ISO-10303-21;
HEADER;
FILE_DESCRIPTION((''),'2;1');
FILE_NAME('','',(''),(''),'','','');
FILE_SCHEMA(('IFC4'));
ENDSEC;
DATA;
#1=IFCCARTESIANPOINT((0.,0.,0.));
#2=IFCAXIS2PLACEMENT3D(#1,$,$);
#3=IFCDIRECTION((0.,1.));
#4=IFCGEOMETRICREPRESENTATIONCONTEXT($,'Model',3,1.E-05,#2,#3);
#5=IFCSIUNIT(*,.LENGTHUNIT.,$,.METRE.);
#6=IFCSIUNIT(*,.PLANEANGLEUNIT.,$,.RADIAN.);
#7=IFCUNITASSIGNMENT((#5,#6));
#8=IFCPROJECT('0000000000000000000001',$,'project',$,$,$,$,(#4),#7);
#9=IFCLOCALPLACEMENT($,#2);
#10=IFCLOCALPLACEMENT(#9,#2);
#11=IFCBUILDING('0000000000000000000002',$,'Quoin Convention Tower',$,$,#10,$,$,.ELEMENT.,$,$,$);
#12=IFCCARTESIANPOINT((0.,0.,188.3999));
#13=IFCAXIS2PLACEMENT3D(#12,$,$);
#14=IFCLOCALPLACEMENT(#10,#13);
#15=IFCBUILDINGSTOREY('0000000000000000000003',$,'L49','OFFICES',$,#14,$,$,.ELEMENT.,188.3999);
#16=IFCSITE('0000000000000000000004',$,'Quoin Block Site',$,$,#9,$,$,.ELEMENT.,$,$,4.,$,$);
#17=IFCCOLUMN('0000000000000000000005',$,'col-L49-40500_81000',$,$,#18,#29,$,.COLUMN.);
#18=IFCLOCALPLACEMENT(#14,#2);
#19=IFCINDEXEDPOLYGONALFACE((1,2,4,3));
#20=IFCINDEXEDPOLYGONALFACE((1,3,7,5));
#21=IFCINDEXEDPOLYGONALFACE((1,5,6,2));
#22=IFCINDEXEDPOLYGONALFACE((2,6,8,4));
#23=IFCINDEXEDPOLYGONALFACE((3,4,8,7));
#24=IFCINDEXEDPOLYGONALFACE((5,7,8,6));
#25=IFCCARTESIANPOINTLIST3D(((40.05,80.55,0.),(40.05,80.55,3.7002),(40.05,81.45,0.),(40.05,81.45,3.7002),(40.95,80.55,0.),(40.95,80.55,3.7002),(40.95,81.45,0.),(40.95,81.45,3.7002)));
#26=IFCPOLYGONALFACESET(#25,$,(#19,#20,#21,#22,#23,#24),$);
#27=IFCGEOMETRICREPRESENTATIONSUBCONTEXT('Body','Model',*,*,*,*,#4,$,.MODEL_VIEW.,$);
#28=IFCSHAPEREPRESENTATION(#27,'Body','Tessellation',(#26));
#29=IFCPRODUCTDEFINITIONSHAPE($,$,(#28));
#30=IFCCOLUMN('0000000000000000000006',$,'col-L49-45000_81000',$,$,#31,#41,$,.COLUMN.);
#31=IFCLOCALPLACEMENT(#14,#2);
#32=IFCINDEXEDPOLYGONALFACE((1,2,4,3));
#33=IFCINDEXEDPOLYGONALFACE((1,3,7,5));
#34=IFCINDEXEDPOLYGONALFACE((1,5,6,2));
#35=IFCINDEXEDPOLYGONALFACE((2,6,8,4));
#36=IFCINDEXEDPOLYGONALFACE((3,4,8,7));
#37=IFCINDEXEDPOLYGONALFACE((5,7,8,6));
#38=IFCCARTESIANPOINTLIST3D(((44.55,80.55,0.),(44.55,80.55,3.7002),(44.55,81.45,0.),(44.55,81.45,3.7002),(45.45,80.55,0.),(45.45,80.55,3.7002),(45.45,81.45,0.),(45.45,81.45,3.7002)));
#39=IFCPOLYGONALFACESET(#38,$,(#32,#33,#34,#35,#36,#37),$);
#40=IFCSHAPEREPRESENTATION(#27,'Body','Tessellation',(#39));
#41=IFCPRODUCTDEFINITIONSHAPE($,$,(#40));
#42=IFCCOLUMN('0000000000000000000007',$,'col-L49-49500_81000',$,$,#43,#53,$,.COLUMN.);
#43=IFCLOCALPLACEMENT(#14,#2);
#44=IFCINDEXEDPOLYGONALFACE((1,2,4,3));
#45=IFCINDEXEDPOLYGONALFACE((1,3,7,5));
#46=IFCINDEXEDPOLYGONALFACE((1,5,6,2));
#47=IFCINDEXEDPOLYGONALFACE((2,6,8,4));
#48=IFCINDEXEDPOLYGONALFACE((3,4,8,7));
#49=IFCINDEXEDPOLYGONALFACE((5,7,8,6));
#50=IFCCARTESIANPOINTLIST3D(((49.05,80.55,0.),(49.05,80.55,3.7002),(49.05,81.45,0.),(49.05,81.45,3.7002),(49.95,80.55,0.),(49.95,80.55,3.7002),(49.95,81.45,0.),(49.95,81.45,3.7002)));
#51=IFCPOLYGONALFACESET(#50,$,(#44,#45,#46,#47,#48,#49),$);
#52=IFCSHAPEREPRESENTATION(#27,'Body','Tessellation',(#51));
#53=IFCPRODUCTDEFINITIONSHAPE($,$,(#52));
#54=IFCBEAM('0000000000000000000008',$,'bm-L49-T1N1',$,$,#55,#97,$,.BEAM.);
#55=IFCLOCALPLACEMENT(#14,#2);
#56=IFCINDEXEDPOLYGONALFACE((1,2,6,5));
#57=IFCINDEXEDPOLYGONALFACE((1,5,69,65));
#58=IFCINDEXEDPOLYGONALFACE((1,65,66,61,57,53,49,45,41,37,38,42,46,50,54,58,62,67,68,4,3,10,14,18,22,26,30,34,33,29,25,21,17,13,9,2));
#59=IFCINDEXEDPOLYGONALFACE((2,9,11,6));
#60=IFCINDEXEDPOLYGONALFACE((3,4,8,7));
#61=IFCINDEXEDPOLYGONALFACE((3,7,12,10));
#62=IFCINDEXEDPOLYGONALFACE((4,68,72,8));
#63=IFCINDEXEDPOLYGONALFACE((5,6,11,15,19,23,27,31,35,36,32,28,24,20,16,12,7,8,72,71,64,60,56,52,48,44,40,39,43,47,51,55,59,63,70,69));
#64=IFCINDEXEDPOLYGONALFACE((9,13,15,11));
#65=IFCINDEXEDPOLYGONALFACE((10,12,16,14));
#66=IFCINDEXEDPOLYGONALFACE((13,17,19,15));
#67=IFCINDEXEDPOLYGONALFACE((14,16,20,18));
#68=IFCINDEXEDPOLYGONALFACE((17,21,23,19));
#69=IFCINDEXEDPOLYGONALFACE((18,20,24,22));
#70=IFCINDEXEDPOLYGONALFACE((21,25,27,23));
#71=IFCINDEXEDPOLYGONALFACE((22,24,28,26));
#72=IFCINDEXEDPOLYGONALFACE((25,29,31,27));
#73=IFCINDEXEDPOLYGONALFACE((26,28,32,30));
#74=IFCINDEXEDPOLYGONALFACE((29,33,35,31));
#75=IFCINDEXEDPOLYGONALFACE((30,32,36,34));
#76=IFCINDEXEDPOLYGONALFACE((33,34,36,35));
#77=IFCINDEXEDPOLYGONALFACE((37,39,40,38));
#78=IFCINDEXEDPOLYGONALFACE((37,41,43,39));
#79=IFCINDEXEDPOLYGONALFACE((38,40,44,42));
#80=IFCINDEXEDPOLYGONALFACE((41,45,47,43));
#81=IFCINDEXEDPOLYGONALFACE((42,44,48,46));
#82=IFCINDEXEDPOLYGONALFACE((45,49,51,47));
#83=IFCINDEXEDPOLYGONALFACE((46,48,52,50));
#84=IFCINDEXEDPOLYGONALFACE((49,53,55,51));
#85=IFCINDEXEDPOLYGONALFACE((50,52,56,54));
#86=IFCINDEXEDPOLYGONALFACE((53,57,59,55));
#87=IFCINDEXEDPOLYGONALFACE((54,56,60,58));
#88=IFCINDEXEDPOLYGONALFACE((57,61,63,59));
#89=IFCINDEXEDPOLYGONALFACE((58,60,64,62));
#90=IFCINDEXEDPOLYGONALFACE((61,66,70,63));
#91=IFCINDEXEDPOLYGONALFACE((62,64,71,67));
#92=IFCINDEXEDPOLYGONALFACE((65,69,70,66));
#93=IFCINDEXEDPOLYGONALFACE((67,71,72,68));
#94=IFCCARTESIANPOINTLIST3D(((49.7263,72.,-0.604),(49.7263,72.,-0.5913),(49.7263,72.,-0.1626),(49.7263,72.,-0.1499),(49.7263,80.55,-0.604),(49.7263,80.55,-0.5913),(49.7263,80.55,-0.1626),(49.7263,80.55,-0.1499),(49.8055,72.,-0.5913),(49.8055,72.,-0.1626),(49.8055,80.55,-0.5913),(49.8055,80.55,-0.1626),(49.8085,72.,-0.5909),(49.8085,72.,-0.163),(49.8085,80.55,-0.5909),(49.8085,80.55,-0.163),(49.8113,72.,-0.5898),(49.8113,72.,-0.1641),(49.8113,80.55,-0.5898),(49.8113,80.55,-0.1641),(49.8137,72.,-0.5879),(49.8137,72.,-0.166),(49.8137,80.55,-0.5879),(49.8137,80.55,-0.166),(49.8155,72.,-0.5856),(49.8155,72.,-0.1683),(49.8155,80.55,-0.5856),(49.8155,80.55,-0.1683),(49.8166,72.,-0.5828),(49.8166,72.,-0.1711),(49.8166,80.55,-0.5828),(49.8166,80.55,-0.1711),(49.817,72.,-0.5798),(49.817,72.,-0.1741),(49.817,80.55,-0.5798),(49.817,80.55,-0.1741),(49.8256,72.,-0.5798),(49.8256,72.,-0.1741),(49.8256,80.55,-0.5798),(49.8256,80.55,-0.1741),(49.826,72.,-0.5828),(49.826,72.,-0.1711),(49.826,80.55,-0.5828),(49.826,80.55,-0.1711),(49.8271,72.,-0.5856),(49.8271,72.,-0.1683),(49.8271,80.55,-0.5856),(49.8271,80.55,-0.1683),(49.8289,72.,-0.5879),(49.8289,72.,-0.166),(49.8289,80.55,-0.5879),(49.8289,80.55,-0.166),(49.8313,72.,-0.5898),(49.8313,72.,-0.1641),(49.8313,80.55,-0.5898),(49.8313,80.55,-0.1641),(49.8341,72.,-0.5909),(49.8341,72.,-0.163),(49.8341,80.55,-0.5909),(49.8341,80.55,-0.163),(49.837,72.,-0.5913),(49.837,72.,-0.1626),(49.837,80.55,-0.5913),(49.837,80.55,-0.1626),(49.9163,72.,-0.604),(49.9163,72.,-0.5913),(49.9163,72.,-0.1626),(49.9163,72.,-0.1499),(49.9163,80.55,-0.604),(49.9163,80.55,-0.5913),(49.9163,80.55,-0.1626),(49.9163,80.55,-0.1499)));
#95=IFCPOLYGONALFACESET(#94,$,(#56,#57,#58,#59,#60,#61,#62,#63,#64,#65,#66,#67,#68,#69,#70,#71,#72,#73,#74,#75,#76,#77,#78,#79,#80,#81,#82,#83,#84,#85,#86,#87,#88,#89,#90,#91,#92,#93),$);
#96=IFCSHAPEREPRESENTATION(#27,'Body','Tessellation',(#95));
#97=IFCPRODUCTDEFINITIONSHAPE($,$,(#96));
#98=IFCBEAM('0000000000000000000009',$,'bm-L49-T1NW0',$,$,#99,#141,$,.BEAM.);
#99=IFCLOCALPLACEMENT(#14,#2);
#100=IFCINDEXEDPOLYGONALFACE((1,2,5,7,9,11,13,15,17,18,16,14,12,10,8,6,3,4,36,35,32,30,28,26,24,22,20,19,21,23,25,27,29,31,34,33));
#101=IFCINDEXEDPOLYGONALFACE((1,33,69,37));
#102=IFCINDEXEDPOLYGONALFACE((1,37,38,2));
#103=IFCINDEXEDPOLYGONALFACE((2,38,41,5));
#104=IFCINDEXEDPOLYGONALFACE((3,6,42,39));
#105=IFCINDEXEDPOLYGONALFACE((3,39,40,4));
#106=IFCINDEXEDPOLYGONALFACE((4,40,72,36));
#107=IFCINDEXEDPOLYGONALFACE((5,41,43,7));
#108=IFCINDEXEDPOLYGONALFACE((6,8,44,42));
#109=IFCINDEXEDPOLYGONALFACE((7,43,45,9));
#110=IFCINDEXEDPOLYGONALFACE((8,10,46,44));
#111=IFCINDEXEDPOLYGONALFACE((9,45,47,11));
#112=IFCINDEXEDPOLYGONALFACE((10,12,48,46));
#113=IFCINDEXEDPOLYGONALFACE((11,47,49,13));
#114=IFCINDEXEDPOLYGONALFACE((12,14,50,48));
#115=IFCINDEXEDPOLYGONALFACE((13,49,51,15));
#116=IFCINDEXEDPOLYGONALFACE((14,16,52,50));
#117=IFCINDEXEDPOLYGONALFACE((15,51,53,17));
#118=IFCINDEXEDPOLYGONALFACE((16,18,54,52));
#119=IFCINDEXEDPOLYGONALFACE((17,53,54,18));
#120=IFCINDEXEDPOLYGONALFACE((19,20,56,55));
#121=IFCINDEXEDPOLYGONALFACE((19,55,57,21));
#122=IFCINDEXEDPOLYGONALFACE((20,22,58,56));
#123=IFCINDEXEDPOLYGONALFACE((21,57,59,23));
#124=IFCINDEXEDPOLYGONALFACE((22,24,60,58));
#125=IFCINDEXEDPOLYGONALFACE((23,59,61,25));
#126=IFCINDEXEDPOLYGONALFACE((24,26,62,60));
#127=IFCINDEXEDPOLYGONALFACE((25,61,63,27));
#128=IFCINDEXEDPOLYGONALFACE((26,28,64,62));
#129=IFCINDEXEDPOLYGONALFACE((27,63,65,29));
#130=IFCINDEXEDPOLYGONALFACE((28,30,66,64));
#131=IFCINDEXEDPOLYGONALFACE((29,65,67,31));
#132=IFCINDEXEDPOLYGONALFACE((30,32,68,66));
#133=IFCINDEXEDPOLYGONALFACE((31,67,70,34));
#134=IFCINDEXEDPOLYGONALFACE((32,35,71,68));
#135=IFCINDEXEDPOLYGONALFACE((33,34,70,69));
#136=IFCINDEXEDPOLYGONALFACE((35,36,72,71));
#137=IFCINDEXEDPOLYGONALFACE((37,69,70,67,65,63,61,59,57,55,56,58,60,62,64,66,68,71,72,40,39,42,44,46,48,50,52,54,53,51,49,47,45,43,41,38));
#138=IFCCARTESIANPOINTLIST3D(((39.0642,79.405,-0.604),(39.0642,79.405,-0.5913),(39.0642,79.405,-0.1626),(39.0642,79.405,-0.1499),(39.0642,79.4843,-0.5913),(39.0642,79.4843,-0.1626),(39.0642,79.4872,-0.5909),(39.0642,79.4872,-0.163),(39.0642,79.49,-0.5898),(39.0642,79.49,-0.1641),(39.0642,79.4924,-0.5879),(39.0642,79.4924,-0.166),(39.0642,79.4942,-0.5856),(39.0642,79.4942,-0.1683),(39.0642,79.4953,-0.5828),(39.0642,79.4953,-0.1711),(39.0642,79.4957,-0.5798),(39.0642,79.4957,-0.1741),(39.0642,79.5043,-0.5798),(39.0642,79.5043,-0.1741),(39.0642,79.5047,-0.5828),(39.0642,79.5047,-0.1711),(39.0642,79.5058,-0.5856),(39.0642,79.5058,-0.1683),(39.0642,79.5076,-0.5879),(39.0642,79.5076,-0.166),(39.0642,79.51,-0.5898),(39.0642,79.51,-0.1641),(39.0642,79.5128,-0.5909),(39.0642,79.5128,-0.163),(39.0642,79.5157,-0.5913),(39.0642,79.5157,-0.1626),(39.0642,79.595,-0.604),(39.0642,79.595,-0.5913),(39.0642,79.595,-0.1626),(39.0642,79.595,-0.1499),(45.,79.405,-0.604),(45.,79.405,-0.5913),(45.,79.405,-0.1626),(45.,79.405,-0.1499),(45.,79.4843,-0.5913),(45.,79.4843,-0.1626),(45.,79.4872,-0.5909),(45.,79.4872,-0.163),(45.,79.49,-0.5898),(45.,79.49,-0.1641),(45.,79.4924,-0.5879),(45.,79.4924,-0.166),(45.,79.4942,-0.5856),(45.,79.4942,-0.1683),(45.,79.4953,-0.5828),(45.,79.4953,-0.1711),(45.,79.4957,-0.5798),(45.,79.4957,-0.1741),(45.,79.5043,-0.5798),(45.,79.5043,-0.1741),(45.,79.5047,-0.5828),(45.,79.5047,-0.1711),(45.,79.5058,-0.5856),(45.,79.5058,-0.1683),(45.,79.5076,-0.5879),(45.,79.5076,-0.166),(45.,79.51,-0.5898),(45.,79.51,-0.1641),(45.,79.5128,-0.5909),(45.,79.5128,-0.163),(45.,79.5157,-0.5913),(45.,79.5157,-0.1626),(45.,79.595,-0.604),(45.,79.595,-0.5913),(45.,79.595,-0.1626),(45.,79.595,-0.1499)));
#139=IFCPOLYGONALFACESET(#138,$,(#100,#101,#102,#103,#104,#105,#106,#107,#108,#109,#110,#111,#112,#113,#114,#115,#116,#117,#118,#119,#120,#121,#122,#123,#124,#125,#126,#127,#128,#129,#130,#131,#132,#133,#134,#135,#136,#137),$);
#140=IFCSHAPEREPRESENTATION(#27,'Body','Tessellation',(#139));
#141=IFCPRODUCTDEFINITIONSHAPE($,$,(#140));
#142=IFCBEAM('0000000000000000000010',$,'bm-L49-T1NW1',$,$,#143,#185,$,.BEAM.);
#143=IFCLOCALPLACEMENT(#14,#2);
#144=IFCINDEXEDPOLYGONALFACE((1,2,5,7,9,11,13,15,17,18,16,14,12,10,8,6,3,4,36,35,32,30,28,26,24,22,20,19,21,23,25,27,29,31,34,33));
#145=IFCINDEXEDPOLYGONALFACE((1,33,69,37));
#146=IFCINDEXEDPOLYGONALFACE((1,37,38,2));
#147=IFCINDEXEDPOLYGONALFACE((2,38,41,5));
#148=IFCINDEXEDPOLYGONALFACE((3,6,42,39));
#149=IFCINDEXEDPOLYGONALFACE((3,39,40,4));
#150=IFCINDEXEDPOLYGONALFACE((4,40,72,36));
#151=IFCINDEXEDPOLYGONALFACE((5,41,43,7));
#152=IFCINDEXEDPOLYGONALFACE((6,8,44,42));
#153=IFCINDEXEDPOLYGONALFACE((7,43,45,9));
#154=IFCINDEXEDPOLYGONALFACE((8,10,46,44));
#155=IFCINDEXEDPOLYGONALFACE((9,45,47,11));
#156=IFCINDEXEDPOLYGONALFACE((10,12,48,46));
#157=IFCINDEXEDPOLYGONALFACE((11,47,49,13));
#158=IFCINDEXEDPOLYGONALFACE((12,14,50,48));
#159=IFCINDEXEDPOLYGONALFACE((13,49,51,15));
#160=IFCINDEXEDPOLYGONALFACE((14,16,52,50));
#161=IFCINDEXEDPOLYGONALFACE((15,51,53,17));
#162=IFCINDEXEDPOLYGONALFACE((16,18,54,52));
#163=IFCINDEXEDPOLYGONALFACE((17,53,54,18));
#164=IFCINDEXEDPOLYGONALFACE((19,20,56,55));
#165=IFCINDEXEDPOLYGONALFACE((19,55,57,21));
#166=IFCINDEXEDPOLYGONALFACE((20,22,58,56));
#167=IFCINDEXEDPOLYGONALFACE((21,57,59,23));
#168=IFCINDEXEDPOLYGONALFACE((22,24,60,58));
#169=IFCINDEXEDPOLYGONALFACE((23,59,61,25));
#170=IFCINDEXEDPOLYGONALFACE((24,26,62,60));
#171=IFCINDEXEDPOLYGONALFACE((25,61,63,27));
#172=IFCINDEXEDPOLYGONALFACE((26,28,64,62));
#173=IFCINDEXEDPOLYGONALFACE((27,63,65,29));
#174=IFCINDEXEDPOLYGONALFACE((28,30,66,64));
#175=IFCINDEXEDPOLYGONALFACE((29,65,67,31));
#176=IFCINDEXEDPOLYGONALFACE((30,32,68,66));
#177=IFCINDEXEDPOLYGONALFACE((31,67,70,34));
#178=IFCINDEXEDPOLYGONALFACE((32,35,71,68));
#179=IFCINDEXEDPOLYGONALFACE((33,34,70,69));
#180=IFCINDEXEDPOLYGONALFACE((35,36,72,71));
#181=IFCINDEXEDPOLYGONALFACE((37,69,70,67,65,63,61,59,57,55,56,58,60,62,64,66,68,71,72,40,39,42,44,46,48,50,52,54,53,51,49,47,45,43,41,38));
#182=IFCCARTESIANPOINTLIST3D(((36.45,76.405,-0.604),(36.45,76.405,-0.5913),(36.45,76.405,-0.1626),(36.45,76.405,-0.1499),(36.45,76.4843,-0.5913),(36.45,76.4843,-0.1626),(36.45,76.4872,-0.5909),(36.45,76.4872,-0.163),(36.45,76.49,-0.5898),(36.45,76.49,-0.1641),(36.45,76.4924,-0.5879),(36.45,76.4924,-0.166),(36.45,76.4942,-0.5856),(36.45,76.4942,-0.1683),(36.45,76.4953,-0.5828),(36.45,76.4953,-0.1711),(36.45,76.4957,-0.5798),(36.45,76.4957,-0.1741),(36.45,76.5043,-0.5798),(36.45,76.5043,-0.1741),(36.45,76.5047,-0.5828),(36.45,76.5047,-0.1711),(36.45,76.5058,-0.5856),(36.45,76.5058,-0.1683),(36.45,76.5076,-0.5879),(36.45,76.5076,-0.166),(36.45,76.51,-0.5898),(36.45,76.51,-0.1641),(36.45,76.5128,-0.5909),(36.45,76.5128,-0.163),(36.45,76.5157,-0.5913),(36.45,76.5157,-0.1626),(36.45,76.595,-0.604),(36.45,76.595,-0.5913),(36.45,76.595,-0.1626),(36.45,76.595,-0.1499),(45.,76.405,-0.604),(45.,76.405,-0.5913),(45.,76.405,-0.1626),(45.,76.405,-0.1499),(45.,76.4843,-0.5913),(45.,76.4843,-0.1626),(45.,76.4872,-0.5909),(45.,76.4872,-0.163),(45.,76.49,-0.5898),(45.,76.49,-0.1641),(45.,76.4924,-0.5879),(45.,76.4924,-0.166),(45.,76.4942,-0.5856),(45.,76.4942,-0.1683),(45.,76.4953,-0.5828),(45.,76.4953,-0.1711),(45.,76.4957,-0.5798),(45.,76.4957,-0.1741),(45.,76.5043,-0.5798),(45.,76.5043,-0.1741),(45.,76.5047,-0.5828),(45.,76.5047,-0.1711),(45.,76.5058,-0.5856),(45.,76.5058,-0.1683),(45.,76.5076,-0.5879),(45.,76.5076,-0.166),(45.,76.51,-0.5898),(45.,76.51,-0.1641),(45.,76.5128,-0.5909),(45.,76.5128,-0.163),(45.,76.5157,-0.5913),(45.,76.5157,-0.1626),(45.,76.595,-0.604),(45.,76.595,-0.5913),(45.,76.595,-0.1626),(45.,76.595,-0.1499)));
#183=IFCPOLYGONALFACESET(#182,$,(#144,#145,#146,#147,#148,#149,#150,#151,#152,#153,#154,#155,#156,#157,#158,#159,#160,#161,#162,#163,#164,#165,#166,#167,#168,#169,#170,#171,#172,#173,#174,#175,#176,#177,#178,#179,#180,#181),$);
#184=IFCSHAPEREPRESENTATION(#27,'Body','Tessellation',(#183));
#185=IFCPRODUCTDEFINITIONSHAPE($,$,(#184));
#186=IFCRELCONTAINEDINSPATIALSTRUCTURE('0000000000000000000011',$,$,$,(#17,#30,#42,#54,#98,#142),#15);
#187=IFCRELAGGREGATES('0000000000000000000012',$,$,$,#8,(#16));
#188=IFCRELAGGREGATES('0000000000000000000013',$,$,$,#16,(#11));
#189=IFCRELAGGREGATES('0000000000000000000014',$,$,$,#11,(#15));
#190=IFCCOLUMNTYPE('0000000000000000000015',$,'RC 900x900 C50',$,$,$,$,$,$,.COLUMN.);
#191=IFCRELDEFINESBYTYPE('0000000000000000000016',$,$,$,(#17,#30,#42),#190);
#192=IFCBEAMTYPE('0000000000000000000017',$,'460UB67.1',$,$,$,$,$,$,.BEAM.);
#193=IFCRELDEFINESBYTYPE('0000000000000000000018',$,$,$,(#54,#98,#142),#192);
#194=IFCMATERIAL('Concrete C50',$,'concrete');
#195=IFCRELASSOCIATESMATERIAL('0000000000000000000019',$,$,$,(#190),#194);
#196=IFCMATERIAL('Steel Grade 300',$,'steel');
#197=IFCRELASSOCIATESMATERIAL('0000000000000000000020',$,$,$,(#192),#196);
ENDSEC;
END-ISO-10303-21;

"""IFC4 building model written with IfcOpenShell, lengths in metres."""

from ifc_helpers import new_model, si_unit, direction, frame, origin, origin_2d, place, context, subcontext, project, spatial, rectangle, i_section, extrude, material, material_profile, profile_set, type_object, element, save


model = new_model("IFC4")

# Units and contexts
model_context = context("Model", 3, precision=1e-05, world=origin(), true_north=direction((0.0, 1.0)))
body_context = subcontext(model_context, "Body", "Model", "MODEL_VIEW")
ifc_project = project(units=[si_unit("LENGTHUNIT", "METRE"), si_unit("PLANEANGLEUNIT", "RADIAN")], contexts=[model_context])

# Site, building, storey
site_placement = place(None, origin())
site = spatial("IfcSite", under=ifc_project, at=site_placement, Name="Quoin Block Site", CompositionType="ELEMENT", RefElevation=4.0)
building_placement = place(site_placement, origin())
building = spatial("IfcBuilding", under=site, at=building_placement, Name="Quoin Convention Tower", CompositionType="ELEMENT")
storey_placement = place(building_placement, frame((0.0, 0.0, 188.3999)))
storey = spatial("IfcBuildingStorey", under=building, at=storey_placement, Name="L49", Description="OFFICES", CompositionType="ELEMENT", Elevation=188.3999)

# Columns
ifc_material_1 = material(Name="Concrete C50", Category="concrete")
ifc_material_profile_1 = material_profile(ifc_material_1, rectangle(XDim=0.8999, YDim=0.8999, at=origin_2d()), Name="RC 900x900")
ifc_profile_set_1 = profile_set([ifc_material_profile_1], Name="Concrete C50")
column_type = type_object("IfcColumnType", Name="RC 900x900 C50", PredefinedType="COLUMN", material=ifc_profile_set_1)
for number, where, z_axis, x_axis, name in (
    (1, (40.5, 81.0, 0.0), (0.0, 0.0, 1.0), (1.0, 0.0, 0.0), "col-L49-40500_81000"),
    (2, (45.0, 81.0, 0.0), (0.0, 0.0, 1.0), (1.0, 0.0, 0.0), "col-L49-45000_81000"),
    (3, (49.5, 81.0, 0.0), (0.0, 0.0, 1.0), (1.0, 0.0, 0.0), "col-L49-49500_81000"),
):
    element("IfcColumn", number, at=place(storey_placement, frame(where, z_axis=z_axis, x_axis=x_axis)), inside=storey, type_object=column_type, Name=name, PredefinedType="COLUMN", context=body_context, shape_type="SweptSolid", body=[
        extrude(rectangle(XDim=0.8999, YDim=0.8999, at=origin_2d()), origin(), (0.0, 0.0, 1.0), 3.7002),
    ])

# Beams
ifc_material_2 = material(Name="Steel Grade 300", Category="steel")
ifc_material_profile_2 = material_profile(ifc_material_2, i_section(OverallWidth=0.1899, OverallDepth=0.4541, WebThickness=0.0085, FlangeThickness=0.0127, FilletRadius=0.0115, at=origin_2d()), Name="460UB67.1")
ifc_profile_set_2 = profile_set([ifc_material_profile_2], Name="Steel Grade 300")
beam_type_1 = type_object("IfcBeamType", Name="460UB67.1", PredefinedType="BEAM", material=ifc_profile_set_2)
beam_1_placement = place(storey_placement, frame((49.8213, 72.0, -0.377), z_axis=(0.0, 1.0, 0.0), x_axis=(-1.0, 0.0, 0.0)))
element("IfcBeam", 4, at=beam_1_placement, inside=storey, type_object=beam_type_1, Name="bm-L49-T1N1", PredefinedType="BEAM", context=body_context, shape_type="SweptSolid", body=[
    extrude(i_section(OverallWidth=0.1899, OverallDepth=0.4541, WebThickness=0.0085, FlangeThickness=0.0127, FilletRadius=0.0115, at=origin_2d()), origin(), (0.0, 0.0, 1.0), 8.55),
])
beam_2_placement = place(storey_placement, frame((39.0642, 79.5, -0.377), z_axis=(1.0, 0.0, 0.0), x_axis=(0.0, 1.0, 0.0)))
element("IfcBeam", 5, at=beam_2_placement, inside=storey, type_object=beam_type_1, Name="bm-L49-T1NW0", PredefinedType="BEAM", context=body_context, shape_type="SweptSolid", body=[
    extrude(i_section(OverallWidth=0.1899, OverallDepth=0.4541, WebThickness=0.0085, FlangeThickness=0.0127, FilletRadius=0.0115, at=origin_2d()), origin(), (0.0, 0.0, 1.0), 5.9358),
])
beam_3_placement = place(storey_placement, frame((36.45, 76.5, -0.377), z_axis=(1.0, 0.0, 0.0), x_axis=(0.0, 1.0, 0.0)))
element("IfcBeam", 6, at=beam_3_placement, inside=storey, type_object=beam_type_1, Name="bm-L49-T1NW1", PredefinedType="BEAM", context=body_context, shape_type="SweptSolid", body=[
    extrude(i_section(OverallWidth=0.1899, OverallDepth=0.4541, WebThickness=0.0085, FlangeThickness=0.0127, FilletRadius=0.0115, at=origin_2d()), origin(), (0.0, 0.0, 1.0), 8.55),
])

save(model, "model.ifc")
